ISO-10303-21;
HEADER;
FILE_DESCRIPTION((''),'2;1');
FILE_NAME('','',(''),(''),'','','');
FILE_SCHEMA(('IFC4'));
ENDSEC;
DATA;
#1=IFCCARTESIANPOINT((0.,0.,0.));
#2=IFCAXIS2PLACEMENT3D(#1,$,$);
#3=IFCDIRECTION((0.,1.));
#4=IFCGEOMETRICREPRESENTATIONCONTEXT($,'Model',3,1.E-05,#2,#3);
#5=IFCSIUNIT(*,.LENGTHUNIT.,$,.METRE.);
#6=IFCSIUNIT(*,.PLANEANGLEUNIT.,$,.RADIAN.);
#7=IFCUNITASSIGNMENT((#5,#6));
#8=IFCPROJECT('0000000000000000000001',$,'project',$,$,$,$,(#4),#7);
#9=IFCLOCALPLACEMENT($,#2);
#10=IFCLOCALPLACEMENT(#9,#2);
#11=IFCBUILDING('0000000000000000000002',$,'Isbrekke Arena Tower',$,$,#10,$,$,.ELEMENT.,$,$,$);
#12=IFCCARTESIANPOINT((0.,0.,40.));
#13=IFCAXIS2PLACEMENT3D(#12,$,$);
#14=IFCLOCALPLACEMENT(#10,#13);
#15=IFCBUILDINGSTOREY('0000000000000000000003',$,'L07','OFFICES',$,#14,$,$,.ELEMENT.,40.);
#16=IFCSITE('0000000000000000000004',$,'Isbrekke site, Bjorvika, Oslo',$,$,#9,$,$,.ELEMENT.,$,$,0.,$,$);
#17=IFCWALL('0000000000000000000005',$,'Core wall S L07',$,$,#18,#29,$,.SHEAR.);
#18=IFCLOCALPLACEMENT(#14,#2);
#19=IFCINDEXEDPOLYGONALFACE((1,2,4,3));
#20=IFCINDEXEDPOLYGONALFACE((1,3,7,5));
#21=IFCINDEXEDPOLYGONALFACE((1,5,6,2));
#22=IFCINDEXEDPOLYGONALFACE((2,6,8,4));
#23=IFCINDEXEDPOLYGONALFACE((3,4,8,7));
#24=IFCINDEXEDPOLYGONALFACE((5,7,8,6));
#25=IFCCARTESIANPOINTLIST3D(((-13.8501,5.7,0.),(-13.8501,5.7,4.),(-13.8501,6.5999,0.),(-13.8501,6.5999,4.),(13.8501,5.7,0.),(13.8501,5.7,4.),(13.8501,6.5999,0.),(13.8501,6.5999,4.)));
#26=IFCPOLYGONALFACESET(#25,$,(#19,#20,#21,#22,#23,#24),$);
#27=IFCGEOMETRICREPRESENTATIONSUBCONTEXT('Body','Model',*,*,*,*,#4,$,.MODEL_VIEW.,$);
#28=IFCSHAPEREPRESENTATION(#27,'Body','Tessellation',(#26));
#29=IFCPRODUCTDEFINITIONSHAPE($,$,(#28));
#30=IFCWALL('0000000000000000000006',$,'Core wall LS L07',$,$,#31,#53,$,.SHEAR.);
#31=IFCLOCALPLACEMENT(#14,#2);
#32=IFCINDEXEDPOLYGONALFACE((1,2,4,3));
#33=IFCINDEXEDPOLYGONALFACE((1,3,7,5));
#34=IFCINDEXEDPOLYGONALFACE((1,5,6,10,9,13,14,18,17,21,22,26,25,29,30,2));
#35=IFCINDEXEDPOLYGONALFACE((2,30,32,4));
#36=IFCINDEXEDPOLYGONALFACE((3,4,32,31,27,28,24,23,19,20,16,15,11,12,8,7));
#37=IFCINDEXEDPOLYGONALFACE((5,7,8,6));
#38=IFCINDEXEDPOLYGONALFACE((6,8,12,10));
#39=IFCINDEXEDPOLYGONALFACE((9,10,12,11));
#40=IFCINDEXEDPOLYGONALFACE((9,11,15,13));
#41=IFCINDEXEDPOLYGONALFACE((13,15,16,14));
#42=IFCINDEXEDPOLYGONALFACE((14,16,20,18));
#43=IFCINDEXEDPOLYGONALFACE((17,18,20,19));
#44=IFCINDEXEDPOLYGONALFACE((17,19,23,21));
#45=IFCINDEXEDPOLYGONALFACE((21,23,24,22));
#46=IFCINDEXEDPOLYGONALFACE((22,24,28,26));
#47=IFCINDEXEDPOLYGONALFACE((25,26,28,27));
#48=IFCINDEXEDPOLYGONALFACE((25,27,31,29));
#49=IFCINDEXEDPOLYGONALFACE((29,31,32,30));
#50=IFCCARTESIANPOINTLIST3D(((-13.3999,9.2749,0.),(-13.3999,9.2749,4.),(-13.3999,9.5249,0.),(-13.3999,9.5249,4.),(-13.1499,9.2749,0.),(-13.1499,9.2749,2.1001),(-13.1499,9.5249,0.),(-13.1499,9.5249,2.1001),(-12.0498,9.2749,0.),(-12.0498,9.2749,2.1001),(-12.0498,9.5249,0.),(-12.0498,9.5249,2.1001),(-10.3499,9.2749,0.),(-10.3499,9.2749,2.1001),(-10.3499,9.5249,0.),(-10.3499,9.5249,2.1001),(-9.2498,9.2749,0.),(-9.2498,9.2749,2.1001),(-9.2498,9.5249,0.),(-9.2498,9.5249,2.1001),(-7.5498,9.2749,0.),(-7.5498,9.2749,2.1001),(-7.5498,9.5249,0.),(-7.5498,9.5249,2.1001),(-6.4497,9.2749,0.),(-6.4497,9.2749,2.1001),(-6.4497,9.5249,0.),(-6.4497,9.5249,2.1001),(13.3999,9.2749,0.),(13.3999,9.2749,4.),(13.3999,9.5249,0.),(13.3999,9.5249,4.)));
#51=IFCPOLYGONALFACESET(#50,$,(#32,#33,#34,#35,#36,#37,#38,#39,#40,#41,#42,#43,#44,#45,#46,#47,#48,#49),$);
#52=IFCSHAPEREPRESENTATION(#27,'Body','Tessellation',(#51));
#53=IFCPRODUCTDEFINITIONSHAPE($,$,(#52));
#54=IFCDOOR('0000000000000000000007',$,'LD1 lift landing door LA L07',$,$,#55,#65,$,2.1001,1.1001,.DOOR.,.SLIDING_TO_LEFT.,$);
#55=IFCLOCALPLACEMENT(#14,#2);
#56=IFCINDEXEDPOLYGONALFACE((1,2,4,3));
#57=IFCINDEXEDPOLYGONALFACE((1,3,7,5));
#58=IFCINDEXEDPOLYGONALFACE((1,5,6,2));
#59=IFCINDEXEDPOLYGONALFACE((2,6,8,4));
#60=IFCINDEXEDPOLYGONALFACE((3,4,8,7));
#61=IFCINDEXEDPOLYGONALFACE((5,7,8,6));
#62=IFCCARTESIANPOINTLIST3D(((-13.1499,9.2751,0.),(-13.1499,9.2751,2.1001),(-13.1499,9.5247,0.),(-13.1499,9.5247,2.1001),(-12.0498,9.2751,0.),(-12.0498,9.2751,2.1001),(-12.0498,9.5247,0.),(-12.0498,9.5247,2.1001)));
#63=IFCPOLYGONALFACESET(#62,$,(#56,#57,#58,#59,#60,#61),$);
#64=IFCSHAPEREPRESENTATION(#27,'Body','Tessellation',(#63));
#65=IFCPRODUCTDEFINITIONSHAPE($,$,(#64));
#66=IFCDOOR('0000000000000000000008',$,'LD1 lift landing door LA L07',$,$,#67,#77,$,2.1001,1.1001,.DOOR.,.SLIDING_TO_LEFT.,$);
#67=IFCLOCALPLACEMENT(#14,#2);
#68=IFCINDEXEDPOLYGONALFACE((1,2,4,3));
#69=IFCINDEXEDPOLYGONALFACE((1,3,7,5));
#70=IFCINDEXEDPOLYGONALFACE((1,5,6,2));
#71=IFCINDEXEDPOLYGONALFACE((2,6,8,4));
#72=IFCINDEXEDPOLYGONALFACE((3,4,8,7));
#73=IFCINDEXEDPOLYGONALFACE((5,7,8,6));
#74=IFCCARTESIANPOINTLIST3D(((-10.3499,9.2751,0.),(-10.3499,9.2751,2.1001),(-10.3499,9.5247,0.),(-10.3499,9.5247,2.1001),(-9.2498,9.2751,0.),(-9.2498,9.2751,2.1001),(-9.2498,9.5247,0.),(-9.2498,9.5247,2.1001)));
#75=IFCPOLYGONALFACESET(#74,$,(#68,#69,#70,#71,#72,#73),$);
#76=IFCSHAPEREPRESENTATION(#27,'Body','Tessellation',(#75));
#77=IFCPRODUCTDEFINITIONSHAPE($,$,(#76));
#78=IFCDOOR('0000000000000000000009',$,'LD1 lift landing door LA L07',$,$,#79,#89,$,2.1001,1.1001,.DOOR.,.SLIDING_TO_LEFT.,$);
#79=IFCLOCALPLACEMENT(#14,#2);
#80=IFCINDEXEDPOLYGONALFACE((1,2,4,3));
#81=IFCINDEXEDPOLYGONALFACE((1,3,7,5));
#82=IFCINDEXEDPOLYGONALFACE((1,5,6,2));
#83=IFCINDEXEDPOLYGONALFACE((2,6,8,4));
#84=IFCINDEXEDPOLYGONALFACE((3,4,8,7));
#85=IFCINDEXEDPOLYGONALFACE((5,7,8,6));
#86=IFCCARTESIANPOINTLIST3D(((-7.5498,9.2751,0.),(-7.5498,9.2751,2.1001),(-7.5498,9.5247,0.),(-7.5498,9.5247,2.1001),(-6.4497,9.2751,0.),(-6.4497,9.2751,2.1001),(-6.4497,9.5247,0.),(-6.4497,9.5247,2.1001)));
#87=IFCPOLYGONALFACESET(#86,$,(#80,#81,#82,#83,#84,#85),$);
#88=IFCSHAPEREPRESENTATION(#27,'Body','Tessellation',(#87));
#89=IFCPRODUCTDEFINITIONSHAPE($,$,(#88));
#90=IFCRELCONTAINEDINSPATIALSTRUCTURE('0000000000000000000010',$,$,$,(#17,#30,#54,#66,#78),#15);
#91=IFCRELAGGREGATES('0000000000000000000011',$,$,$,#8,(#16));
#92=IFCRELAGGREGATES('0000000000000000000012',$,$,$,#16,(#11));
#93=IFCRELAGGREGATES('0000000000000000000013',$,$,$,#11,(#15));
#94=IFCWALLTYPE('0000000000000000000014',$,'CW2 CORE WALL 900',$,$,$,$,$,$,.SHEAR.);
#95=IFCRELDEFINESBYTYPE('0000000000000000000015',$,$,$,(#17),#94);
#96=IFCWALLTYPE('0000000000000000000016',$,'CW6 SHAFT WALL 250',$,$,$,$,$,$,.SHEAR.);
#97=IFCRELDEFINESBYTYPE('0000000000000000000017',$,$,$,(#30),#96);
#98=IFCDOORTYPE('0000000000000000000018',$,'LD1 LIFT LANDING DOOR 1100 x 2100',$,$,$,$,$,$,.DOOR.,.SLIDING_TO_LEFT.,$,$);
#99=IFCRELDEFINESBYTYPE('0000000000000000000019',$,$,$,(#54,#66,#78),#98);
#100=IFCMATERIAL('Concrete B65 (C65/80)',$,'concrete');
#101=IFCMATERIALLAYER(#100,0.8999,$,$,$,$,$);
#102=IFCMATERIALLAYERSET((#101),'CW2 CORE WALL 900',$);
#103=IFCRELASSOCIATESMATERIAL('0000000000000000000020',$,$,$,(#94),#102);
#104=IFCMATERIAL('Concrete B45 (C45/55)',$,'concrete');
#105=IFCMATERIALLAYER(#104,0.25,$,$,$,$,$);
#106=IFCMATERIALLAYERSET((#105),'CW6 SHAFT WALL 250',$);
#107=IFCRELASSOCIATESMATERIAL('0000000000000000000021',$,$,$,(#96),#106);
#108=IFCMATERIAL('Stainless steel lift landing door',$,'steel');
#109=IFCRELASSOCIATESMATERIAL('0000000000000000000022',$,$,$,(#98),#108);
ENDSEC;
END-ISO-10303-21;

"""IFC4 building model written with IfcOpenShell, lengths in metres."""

from ifc_helpers import new_model, si_unit, direction, frame, frame_2d, origin, place, context, subcontext, project, spatial, rectangle, extrude, material, layer, layer_set, type_object, element, fill, save


model = new_model("IFC4")

# Units and contexts
model_context = context("Model", 3, precision=1e-05, world=origin(), true_north=direction((0.0, 1.0)))
body_context = subcontext(model_context, "Body", "Model", "MODEL_VIEW")
ifc_project = project(units=[si_unit("LENGTHUNIT", "METRE"), si_unit("PLANEANGLEUNIT", "RADIAN")], contexts=[model_context])

# Site, building, storey
site_placement = place(None, origin())
site = spatial("IfcSite", under=ifc_project, at=site_placement, Name="Isbrekke site, Bjorvika, Oslo", CompositionType="ELEMENT", RefElevation=0.0)
building_placement = place(site_placement, origin())
building = spatial("IfcBuilding", under=site, at=building_placement, Name="Isbrekke Arena Tower", CompositionType="ELEMENT")
storey_placement = place(building_placement, frame((0.0, 0.0, 40.0)))
storey = spatial("IfcBuildingStorey", under=building, at=storey_placement, Name="L07", Description="OFFICES", CompositionType="ELEMENT", Elevation=40.0)

# Wall
ifc_material_1 = material(Name="Concrete B65 (C65/80)", Category="concrete")
ifc_layer_1 = layer(ifc_material_1, 0.8999)
ifc_layer_set_1 = layer_set([ifc_layer_1], Name="CW2 CORE WALL 900")
wall_type_1 = type_object("IfcWallType", Name="CW2 CORE WALL 900", PredefinedType="SHEAR", material=ifc_layer_set_1)
wall_1_placement = place(storey_placement, frame((-13.8501, 6.1499, 0.0), z_axis=(0.0, 0.0, 1.0), x_axis=(1.0, 0.0, 0.0)))
element("IfcWall", 1, at=wall_1_placement, inside=storey, type_object=wall_type_1, Name="Core wall S L07", PredefinedType="SHEAR", context=body_context, shape_type="SweptSolid", body=[
    extrude(rectangle(XDim=27.7002, YDim=0.8999, at=frame_2d((13.8501, 0.0))), origin(), (0.0, 0.0, 1.0), 4.0),
])

# Wall, openings, doors
ifc_material_2 = material(Name="Concrete B45 (C45/55)", Category="concrete")
ifc_layer_2 = layer(ifc_material_2, 0.25)
ifc_layer_set_2 = layer_set([ifc_layer_2], Name="CW6 SHAFT WALL 250")
wall_type_2 = type_object("IfcWallType", Name="CW6 SHAFT WALL 250", PredefinedType="SHEAR", material=ifc_layer_set_2)
wall_2_placement = place(storey_placement, frame((-13.3999, 9.3999, 0.0), z_axis=(0.0, 0.0, 1.0), x_axis=(1.0, 0.0, 0.0)))
wall_2 = element("IfcWall", 2, at=wall_2_placement, inside=storey, type_object=wall_type_2, Name="Core wall LS L07", PredefinedType="SHEAR", context=body_context, shape_type="SweptSolid", body=[
    extrude(rectangle(XDim=26.7998, YDim=0.25, at=frame_2d((13.3999, 0.0))), origin(), (0.0, 0.0, 1.0), 4.0),
])
opening_1_placement = place(wall_2_placement, frame((0.25, 0.0, 0.0)))
opening_1 = element("IfcOpeningElement", 3, at=opening_1_placement, cuts=wall_2, PredefinedType="OPENING", context=body_context, shape_type="SweptSolid", body=[
    extrude(rectangle(XDim=1.1001, YDim=2.1001, at=frame_2d((0.55, 1.05))), frame((0.0, 0.1399, 0.0), z_axis=(0.0, -1.0, 0.0), x_axis=(1.0, 0.0, 0.0)), (0.0, 0.0, 1.0), 0.2798),
])
opening_2_placement = place(wall_2_placement, frame((3.05, 0.0, 0.0)))
opening_2 = element("IfcOpeningElement", 4, at=opening_2_placement, cuts=wall_2, PredefinedType="OPENING", context=body_context, shape_type="SweptSolid", body=[
    extrude(rectangle(XDim=1.1001, YDim=2.1001, at=frame_2d((0.55, 1.05))), frame((0.0, 0.1399, 0.0), z_axis=(0.0, -1.0, 0.0), x_axis=(1.0, 0.0, 0.0)), (0.0, 0.0, 1.0), 0.2798),
])
opening_3_placement = place(wall_2_placement, frame((5.8501, 0.0, 0.0)))
opening_3 = element("IfcOpeningElement", 5, at=opening_3_placement, cuts=wall_2, PredefinedType="OPENING", context=body_context, shape_type="SweptSolid", body=[
    extrude(rectangle(XDim=1.1001, YDim=2.1001, at=frame_2d((0.55, 1.05))), frame((0.0, 0.1399, 0.0), z_axis=(0.0, -1.0, 0.0), x_axis=(1.0, 0.0, 0.0)), (0.0, 0.0, 1.0), 0.2798),
])
ifc_material_3 = material(Name="Stainless steel lift landing door", Category="steel")
door_type_1 = type_object("IfcDoorType", Name="LD1 LIFT LANDING DOOR 1100 x 2100", OperationType="SLIDING_TO_LEFT", PredefinedType="DOOR", material=ifc_material_3)
door_1_placement = place(opening_1_placement, origin())
door_1 = element("IfcDoor", 6, at=door_1_placement, inside=storey, type_object=door_type_1, Name="LD1 lift landing door LA L07", OperationType="SLIDING_TO_LEFT", OverallHeight=2.1001, OverallWidth=1.1001, PredefinedType="DOOR", context=body_context, shape_type="SweptSolid", body=[
    extrude(rectangle(XDim=1.1001, YDim=2.1001, at=frame_2d((0.55, 1.05))), frame((0.0, 0.1248, 0.0), z_axis=(0.0, -1.0, 0.0), x_axis=(1.0, 0.0, 0.0)), (0.0, 0.0, 1.0), 0.2495),
])
fill(opening_1, door_1)
door_2_placement = place(opening_2_placement, origin())
door_2 = element("IfcDoor", 7, at=door_2_placement, inside=storey, type_object=door_type_1, Name="LD1 lift landing door LA L07", OperationType="SLIDING_TO_LEFT", OverallHeight=2.1001, OverallWidth=1.1001, PredefinedType="DOOR", context=body_context, shape_type="SweptSolid", body=[
    extrude(rectangle(XDim=1.1001, YDim=2.1001, at=frame_2d((0.55, 1.05))), frame((0.0, 0.1248, 0.0), z_axis=(0.0, -1.0, 0.0), x_axis=(1.0, 0.0, 0.0)), (0.0, 0.0, 1.0), 0.2495),
])
fill(opening_2, door_2)
door_3_placement = place(opening_3_placement, origin())
door_3 = element("IfcDoor", 8, at=door_3_placement, inside=storey, type_object=door_type_1, Name="LD1 lift landing door LA L07", OperationType="SLIDING_TO_LEFT", OverallHeight=2.1001, OverallWidth=1.1001, PredefinedType="DOOR", context=body_context, shape_type="SweptSolid", body=[
    extrude(rectangle(XDim=1.1001, YDim=2.1001, at=frame_2d((0.55, 1.05))), frame((0.0, 0.1248, 0.0), z_axis=(0.0, -1.0, 0.0), x_axis=(1.0, 0.0, 0.0)), (0.0, 0.0, 1.0), 0.2495),
])
fill(opening_3, door_3)

save(model, "model.ifc")
